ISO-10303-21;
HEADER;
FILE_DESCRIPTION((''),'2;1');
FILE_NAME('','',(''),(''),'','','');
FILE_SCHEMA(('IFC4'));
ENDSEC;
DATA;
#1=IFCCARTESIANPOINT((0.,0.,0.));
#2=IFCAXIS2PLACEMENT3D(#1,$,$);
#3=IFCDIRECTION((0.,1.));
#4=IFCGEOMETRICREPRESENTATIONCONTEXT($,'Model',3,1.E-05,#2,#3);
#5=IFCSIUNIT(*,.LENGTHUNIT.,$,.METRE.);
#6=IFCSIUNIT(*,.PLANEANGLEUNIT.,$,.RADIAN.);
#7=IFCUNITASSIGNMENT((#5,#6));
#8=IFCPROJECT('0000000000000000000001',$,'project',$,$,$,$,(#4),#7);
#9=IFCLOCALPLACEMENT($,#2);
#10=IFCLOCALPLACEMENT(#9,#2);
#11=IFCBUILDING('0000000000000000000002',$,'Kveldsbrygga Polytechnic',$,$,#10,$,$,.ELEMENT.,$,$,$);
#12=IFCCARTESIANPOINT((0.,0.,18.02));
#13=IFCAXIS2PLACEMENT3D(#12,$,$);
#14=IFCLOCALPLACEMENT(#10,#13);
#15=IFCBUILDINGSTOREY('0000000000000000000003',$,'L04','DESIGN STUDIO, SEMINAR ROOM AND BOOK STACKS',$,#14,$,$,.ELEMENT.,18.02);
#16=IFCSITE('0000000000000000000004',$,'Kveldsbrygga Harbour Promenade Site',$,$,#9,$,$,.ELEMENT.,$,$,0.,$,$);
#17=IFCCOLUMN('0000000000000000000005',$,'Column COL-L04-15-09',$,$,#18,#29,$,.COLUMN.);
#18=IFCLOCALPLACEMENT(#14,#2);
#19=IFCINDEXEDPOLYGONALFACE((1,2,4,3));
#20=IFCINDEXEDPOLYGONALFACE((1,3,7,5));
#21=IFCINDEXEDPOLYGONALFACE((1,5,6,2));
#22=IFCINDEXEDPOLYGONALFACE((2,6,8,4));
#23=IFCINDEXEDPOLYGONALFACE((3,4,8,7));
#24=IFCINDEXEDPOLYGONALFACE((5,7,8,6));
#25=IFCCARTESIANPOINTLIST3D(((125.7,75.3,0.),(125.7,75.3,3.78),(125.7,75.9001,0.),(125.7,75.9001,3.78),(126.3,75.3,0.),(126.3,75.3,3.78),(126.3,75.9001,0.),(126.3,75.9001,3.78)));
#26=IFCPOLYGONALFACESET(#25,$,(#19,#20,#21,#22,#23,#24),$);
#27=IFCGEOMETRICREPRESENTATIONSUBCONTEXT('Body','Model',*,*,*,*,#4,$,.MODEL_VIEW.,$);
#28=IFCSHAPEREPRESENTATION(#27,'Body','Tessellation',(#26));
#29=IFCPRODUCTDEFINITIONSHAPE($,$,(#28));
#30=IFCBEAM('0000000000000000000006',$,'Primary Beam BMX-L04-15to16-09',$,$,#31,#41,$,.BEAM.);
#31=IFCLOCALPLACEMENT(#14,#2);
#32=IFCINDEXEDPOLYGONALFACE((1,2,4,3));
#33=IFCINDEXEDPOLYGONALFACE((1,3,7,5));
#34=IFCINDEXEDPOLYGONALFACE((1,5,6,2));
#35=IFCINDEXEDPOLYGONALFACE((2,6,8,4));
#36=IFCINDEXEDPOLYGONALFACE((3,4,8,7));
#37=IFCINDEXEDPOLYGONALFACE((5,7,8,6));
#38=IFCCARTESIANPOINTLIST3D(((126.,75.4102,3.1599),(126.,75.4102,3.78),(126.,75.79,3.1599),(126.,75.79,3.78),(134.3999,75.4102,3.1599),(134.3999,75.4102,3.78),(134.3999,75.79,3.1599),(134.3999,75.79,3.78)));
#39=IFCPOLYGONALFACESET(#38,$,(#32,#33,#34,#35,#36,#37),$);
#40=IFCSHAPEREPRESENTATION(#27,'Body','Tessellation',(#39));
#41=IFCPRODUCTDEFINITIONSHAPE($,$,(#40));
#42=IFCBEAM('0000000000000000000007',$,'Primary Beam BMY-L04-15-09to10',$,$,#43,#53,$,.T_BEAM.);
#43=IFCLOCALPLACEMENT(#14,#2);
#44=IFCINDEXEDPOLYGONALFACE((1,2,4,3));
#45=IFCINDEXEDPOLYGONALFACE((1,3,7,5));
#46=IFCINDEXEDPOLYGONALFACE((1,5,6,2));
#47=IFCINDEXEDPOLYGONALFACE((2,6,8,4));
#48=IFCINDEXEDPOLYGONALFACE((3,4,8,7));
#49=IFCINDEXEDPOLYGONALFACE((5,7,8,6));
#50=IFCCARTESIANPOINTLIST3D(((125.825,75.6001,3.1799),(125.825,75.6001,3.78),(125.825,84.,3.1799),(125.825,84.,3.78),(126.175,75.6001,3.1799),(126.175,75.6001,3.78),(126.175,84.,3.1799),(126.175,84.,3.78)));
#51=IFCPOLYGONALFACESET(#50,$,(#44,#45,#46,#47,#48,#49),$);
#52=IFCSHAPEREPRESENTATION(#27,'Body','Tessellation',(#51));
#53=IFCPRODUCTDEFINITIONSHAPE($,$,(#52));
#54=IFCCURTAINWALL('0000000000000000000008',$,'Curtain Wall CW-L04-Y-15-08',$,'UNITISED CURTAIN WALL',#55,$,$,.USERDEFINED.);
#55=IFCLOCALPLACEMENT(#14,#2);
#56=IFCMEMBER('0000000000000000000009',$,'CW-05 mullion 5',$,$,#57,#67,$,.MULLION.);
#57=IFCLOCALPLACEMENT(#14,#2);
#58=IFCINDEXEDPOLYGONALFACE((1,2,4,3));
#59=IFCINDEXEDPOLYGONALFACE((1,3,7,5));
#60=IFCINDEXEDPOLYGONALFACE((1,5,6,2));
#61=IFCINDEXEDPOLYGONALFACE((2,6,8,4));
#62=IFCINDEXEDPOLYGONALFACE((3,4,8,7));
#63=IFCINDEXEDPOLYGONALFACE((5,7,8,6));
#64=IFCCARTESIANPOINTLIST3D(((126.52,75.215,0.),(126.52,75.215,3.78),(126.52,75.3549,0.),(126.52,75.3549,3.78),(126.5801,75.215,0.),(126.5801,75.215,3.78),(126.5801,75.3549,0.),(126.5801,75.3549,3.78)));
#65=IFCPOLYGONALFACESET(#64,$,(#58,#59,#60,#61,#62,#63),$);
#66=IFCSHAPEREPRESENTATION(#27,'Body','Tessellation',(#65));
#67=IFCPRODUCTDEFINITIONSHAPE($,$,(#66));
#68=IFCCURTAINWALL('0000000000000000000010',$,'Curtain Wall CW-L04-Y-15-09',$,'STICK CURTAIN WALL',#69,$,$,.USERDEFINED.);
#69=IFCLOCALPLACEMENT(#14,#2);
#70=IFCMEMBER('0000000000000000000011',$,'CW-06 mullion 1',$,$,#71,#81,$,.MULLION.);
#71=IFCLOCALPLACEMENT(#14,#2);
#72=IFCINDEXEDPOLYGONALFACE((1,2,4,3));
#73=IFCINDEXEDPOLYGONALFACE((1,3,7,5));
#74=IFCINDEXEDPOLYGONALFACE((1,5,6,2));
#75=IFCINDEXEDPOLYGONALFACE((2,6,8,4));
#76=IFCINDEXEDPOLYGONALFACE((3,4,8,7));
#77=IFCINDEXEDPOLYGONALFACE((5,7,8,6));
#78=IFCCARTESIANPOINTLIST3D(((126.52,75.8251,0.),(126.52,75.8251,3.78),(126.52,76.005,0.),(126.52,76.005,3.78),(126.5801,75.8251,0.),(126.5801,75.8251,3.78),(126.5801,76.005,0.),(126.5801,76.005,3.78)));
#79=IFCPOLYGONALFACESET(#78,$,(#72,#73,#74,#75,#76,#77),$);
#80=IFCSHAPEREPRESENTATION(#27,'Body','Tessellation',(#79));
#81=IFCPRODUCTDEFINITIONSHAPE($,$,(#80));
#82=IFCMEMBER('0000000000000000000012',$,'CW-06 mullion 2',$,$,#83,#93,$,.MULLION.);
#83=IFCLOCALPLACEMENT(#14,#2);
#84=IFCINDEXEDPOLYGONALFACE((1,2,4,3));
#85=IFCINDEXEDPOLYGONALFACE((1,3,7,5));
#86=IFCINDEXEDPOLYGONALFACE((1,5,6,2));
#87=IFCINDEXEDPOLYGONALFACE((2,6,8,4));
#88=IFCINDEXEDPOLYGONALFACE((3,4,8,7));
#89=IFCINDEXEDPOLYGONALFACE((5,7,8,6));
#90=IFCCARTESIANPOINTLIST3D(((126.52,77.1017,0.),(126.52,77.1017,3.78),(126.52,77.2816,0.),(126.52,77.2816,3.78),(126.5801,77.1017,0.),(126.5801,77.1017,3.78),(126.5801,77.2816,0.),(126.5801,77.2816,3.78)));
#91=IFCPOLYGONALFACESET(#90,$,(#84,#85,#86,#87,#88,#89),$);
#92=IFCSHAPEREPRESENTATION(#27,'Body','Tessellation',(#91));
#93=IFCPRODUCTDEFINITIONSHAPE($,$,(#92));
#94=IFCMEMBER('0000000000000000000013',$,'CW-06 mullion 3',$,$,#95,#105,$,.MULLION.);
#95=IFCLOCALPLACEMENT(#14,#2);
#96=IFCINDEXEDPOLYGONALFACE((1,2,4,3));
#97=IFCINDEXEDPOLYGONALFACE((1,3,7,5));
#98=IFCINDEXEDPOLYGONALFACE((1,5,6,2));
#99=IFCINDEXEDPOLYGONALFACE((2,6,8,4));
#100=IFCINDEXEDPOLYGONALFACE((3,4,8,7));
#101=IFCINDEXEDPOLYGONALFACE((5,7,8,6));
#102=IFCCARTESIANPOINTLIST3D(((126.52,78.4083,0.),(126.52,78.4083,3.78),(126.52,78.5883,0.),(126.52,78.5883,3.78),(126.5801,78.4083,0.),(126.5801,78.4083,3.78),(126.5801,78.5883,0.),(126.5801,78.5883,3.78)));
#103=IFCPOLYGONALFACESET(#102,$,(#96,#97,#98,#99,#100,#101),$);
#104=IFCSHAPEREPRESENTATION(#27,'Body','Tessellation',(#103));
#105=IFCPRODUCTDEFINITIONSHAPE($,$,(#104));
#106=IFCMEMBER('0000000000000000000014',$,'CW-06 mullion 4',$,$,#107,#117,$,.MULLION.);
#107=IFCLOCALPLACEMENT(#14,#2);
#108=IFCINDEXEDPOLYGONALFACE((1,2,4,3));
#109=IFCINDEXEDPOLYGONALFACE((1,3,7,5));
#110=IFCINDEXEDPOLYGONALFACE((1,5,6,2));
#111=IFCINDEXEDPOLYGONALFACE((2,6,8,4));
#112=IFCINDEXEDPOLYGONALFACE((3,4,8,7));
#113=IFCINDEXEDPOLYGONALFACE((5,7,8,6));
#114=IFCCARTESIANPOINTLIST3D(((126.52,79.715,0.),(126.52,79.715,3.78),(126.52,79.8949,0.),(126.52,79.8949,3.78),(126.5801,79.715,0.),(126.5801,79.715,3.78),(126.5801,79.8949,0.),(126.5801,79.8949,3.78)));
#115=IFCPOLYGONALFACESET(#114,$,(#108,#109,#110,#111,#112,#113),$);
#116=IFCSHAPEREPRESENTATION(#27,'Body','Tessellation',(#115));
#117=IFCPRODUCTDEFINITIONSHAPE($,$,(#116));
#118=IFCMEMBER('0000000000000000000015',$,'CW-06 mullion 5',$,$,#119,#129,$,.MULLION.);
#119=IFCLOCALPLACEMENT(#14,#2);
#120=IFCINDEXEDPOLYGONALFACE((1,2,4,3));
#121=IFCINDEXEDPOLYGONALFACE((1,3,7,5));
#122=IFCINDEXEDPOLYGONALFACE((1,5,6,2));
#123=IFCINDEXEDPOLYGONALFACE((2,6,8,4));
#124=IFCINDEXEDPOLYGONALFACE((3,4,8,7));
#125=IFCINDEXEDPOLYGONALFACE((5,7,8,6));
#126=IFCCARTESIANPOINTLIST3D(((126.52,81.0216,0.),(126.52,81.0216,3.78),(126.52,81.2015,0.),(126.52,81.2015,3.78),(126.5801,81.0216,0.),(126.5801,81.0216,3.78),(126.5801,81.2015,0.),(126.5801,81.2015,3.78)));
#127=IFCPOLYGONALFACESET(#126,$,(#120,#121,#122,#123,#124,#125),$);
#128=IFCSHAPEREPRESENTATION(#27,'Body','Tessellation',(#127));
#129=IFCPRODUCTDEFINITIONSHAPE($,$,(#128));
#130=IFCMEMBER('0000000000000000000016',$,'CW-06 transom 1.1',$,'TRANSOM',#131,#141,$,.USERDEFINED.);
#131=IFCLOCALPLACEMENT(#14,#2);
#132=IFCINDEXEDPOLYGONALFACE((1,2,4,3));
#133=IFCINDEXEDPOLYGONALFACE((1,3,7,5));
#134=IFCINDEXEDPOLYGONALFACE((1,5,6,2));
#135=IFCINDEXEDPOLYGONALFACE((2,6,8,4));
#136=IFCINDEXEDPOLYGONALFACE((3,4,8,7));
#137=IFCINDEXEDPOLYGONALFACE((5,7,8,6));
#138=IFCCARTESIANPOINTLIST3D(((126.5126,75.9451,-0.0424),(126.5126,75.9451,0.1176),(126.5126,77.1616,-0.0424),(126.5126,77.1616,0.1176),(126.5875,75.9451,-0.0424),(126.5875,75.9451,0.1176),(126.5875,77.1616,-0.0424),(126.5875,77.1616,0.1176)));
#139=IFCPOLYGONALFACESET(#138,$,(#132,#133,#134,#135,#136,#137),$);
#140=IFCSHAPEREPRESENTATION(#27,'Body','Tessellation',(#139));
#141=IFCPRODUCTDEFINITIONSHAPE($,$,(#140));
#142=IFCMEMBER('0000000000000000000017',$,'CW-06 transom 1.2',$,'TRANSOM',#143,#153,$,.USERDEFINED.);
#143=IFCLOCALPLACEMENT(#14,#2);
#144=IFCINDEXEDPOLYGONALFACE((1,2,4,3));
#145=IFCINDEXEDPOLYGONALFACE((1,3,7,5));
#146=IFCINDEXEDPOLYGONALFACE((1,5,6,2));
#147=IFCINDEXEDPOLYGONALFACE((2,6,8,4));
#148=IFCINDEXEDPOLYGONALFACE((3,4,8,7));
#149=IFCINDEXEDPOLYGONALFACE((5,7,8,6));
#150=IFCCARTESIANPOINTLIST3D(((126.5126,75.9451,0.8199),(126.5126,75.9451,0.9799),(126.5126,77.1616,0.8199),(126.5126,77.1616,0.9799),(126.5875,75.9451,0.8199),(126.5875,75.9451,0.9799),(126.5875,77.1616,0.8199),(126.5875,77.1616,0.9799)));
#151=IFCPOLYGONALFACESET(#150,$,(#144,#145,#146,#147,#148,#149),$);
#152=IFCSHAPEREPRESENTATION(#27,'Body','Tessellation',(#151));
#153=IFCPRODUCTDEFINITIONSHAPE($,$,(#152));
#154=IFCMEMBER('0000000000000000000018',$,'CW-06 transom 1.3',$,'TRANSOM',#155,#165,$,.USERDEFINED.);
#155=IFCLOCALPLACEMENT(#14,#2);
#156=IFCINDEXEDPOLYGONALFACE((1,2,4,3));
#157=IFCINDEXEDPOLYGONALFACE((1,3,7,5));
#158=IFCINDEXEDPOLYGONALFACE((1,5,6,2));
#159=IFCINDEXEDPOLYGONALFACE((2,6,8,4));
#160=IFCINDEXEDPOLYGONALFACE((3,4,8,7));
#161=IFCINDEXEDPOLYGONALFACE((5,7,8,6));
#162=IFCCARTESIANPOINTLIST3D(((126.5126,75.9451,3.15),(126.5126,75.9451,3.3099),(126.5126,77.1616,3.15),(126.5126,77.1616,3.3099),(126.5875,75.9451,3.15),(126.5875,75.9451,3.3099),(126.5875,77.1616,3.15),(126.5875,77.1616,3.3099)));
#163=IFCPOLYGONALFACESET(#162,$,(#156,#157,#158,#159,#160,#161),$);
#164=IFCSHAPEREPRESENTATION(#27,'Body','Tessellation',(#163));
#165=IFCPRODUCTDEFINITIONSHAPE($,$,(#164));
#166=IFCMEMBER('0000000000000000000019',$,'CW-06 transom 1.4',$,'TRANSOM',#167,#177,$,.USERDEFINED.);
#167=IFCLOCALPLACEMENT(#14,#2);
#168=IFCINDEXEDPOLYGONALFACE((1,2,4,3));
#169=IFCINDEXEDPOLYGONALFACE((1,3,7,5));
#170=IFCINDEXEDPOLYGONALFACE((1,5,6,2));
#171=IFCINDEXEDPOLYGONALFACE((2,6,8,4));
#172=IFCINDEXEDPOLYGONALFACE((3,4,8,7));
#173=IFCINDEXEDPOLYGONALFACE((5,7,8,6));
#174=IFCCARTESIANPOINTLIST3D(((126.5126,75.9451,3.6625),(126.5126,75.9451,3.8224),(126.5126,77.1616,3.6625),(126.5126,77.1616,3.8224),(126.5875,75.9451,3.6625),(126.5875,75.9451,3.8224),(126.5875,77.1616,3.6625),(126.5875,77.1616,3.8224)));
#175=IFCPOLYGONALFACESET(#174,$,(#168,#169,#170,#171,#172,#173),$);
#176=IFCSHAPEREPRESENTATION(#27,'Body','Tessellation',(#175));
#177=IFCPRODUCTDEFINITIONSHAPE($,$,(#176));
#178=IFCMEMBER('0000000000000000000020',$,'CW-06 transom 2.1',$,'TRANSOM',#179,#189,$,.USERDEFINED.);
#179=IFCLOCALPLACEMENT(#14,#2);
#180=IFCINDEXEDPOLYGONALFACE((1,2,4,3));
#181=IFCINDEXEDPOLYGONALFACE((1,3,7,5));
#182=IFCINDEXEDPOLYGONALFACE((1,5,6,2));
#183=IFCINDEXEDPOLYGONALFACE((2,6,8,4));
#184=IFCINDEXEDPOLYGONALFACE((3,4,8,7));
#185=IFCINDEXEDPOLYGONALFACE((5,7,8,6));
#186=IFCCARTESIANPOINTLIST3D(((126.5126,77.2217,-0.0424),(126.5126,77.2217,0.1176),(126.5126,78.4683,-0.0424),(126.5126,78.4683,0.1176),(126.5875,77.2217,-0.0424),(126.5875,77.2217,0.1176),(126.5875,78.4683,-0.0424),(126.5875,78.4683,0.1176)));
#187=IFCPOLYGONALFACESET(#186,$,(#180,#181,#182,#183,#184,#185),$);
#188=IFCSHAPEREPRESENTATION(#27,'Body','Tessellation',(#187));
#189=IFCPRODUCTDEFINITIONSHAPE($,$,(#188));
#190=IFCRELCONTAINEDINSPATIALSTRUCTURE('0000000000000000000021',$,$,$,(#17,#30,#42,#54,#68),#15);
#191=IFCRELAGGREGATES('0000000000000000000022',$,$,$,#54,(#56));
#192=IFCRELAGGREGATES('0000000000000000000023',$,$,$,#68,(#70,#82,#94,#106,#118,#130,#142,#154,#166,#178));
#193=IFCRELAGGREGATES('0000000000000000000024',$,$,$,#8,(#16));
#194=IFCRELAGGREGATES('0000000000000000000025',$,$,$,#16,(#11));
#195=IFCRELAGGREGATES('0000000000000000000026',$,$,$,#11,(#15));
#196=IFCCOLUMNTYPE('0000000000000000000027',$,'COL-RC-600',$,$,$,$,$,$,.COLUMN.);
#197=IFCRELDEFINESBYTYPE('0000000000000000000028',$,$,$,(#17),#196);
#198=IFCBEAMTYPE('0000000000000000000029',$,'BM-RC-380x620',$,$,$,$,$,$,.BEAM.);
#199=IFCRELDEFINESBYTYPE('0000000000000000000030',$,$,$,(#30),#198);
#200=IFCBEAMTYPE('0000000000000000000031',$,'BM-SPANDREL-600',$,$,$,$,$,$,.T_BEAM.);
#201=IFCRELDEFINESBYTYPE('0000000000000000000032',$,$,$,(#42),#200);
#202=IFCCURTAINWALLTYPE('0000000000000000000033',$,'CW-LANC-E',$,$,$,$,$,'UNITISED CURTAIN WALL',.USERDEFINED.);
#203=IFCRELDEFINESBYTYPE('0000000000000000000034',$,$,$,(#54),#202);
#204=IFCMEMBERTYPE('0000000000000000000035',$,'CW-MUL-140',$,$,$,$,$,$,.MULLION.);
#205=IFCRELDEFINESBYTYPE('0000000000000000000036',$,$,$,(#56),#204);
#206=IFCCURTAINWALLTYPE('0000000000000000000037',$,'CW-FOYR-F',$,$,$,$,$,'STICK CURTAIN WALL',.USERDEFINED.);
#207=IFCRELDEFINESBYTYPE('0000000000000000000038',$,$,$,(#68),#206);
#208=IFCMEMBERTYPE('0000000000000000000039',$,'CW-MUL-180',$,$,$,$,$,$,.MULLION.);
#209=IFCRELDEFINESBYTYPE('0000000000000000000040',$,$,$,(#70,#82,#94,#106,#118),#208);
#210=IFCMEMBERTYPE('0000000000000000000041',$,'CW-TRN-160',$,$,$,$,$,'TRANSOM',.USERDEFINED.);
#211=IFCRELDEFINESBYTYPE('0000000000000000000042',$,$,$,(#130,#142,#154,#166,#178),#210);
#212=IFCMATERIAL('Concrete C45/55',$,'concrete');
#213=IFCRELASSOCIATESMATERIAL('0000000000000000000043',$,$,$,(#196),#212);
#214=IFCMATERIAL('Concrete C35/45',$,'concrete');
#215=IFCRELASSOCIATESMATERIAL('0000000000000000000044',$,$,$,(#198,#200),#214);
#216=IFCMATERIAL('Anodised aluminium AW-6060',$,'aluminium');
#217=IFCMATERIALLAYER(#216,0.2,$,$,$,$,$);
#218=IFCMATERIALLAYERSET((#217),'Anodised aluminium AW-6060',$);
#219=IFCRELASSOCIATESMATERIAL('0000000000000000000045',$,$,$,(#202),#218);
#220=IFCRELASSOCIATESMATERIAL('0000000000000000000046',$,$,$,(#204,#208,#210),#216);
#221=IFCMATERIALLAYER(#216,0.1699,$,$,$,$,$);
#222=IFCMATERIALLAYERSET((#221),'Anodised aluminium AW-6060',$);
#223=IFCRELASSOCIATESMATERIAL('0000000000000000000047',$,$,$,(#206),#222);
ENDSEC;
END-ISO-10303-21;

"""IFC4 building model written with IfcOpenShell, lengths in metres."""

from ifc_helpers import new_model, si_unit, direction, frame, origin, origin_2d, place, context, subcontext, project, spatial, rectangle, extrude, material, layer, layer_set, material_profile, profile_set, type_object, element, aggregate, save


model = new_model("IFC4")

# Units and contexts
model_context = context("Model", 3, precision=1e-05, world=origin(), true_north=direction((0.0, 1.0)))
body_context = subcontext(model_context, "Body", "Model", "MODEL_VIEW")
ifc_project = project(units=[si_unit("LENGTHUNIT", "METRE"), si_unit("PLANEANGLEUNIT", "RADIAN")], contexts=[model_context])

# Site, building, storey
site_placement = place(None, origin())
site = spatial("IfcSite", under=ifc_project, at=site_placement, Name="Kveldsbrygga Harbour Promenade Site", CompositionType="ELEMENT", RefElevation=0.0)
building_placement = place(site_placement, origin())
building = spatial("IfcBuilding", under=site, at=building_placement, Name="Kveldsbrygga Polytechnic", CompositionType="ELEMENT")
storey_placement = place(building_placement, frame((0.0, 0.0, 18.02)))
storey = spatial("IfcBuildingStorey", under=building, at=storey_placement, Name="L04", Description="DESIGN STUDIO, SEMINAR ROOM AND BOOK STACKS", CompositionType="ELEMENT", Elevation=18.02)

# Column
ifc_material_1 = material(Name="Concrete C45/55", Category="concrete")
ifc_material_profile_1 = material_profile(ifc_material_1, rectangle(XDim=0.6001, YDim=0.6001, at=origin_2d()), Name="RC 600x600")
ifc_profile_set_1 = profile_set([ifc_material_profile_1], Name="Concrete C45/55")
column_type = type_object("IfcColumnType", Name="COL-RC-600", PredefinedType="COLUMN", material=ifc_profile_set_1)
column_placement = place(storey_placement, frame((126.0, 75.6001, 0.0), z_axis=(0.0, 0.0, 1.0), x_axis=(1.0, 0.0, 0.0)))
element("IfcColumn", 1, at=column_placement, inside=storey, type_object=column_type, Name="Column COL-L04-15-09", PredefinedType="COLUMN", context=body_context, shape_type="SweptSolid", body=[
    extrude(rectangle(XDim=0.6001, YDim=0.6001, at=origin_2d()), origin(), (0.0, 0.0, 1.0), 3.78),
])

# Beams
ifc_material_2 = material(Name="Concrete C35/45", Category="concrete")
ifc_material_profile_2 = material_profile(ifc_material_2, rectangle(XDim=0.3799, YDim=0.6201, at=origin_2d()), Name="RC 380x620")
ifc_profile_set_2 = profile_set([ifc_material_profile_2], Name="Concrete C35/45")
beam_type_1 = type_object("IfcBeamType", Name="BM-RC-380x620", PredefinedType="BEAM", material=ifc_profile_set_2)
beam_1_placement = place(storey_placement, frame((126.0, 75.6001, 3.47), z_axis=(1.0, 0.0, 0.0), x_axis=(0.0, 1.0, 0.0)))
element("IfcBeam", 2, at=beam_1_placement, inside=storey, type_object=beam_type_1, Name="Primary Beam BMX-L04-15to16-09", PredefinedType="BEAM", context=body_context, shape_type="SweptSolid", body=[
    extrude(rectangle(XDim=0.3799, YDim=0.6201, at=origin_2d()), origin(), (0.0, 0.0, 1.0), 8.3999),
])
ifc_material_profile_3 = material_profile(ifc_material_2, rectangle(XDim=0.3501, YDim=0.6001, at=origin_2d()), Name="RC 350x600")
ifc_profile_set_3 = profile_set([ifc_material_profile_3], Name="Concrete C35/45")
beam_type_2 = type_object("IfcBeamType", Name="BM-SPANDREL-600", PredefinedType="T_BEAM", material=ifc_profile_set_3)
beam_2_placement = place(storey_placement, frame((126.0, 75.6001, 3.48), z_axis=(0.0, 1.0, 0.0), x_axis=(-1.0, 0.0, 0.0)))
element("IfcBeam", 3, at=beam_2_placement, inside=storey, type_object=beam_type_2, Name="Primary Beam BMY-L04-15-09to10", PredefinedType="T_BEAM", context=body_context, shape_type="SweptSolid", body=[
    extrude(rectangle(XDim=0.3501, YDim=0.6001, at=origin_2d()), origin(), (0.0, 0.0, 1.0), 8.3999),
])

# Curtain wall, member
ifc_material_3 = material(Name="Anodised aluminium AW-6060", Category="aluminium")
ifc_layer_1 = layer(ifc_material_3, 0.2)
ifc_layer_set_1 = layer_set([ifc_layer_1], Name="Anodised aluminium AW-6060")
curtain_wall_type_1 = type_object("IfcCurtainWallType", Name="CW-LANC-E", ElementType="UNITISED CURTAIN WALL", PredefinedType="USERDEFINED", material=ifc_layer_set_1)
curtain_wall_1_placement = place(storey_placement, origin())
curtain_wall_1 = element("IfcCurtainWall", 4, at=curtain_wall_1_placement, inside=storey, type_object=curtain_wall_type_1, Name="Curtain Wall CW-L04-Y-15-08", ObjectType="UNITISED CURTAIN WALL", PredefinedType="USERDEFINED")
ifc_material_profile_4 = material_profile(ifc_material_3, rectangle(XDim=0.0601, YDim=0.1399, at=origin_2d()), Name="ALU 60x140")
ifc_profile_set_4 = profile_set([ifc_material_profile_4], Name="Anodised aluminium AW-6060")
member_type_1 = type_object("IfcMemberType", Name="CW-MUL-140", PredefinedType="MULLION", material=ifc_profile_set_4)
member_1_placement = place(storey_placement, frame((126.55, 75.2849, 0.0), z_axis=(0.0, 0.0, 1.0), x_axis=(-1.0, 0.0, 0.0)))
member_1 = element("IfcMember", 5, at=member_1_placement, type_object=member_type_1, Name="CW-05 mullion 5", PredefinedType="MULLION", context=body_context, shape_type="SweptSolid", body=[
    extrude(rectangle(XDim=0.0601, YDim=0.1399, at=origin_2d()), origin(), (0.0, 0.0, 1.0), 3.78),
])
aggregate(curtain_wall_1, [member_1])

# Curtain wall, members
ifc_layer_2 = layer(ifc_material_3, 0.1699)
ifc_layer_set_2 = layer_set([ifc_layer_2], Name="Anodised aluminium AW-6060")
curtain_wall_type_2 = type_object("IfcCurtainWallType", Name="CW-FOYR-F", ElementType="STICK CURTAIN WALL", PredefinedType="USERDEFINED", material=ifc_layer_set_2)
curtain_wall_2_placement = place(storey_placement, origin())
curtain_wall_2 = element("IfcCurtainWall", 6, at=curtain_wall_2_placement, inside=storey, type_object=curtain_wall_type_2, Name="Curtain Wall CW-L04-Y-15-09", ObjectType="STICK CURTAIN WALL", PredefinedType="USERDEFINED")
ifc_material_profile_5 = material_profile(ifc_material_3, rectangle(XDim=0.0601, YDim=0.1799, at=origin_2d()), Name="ALU 60x180")
ifc_profile_set_5 = profile_set([ifc_material_profile_5], Name="Anodised aluminium AW-6060")
member_type_2 = type_object("IfcMemberType", Name="CW-MUL-180", PredefinedType="MULLION", material=ifc_profile_set_5)
member_2_placement = place(storey_placement, frame((126.55, 75.915, 0.0), z_axis=(0.0, 0.0, 1.0), x_axis=(-1.0, 0.0, 0.0)))
member_2 = element("IfcMember", 7, at=member_2_placement, type_object=member_type_2, Name="CW-06 mullion 1", PredefinedType="MULLION", context=body_context, shape_type="SweptSolid", body=[
    extrude(rectangle(XDim=0.0601, YDim=0.1799, at=origin_2d()), origin(), (0.0, 0.0, 1.0), 3.78),
])
member_3_placement = place(storey_placement, frame((126.55, 77.1917, 0.0), z_axis=(0.0, 0.0, 1.0), x_axis=(-1.0, 0.0, 0.0)))
member_3 = element("IfcMember", 8, at=member_3_placement, type_object=member_type_2, Name="CW-06 mullion 2", PredefinedType="MULLION", context=body_context, shape_type="SweptSolid", body=[
    extrude(rectangle(XDim=0.0601, YDim=0.1799, at=origin_2d()), origin(), (0.0, 0.0, 1.0), 3.78),
])
member_4_placement = place(storey_placement, frame((126.55, 78.4983, 0.0), z_axis=(0.0, 0.0, 1.0), x_axis=(-1.0, 0.0, 0.0)))
member_4 = element("IfcMember", 9, at=member_4_placement, type_object=member_type_2, Name="CW-06 mullion 3", PredefinedType="MULLION", context=body_context, shape_type="SweptSolid", body=[
    extrude(rectangle(XDim=0.0601, YDim=0.1799, at=origin_2d()), origin(), (0.0, 0.0, 1.0), 3.78),
])
member_5_placement = place(storey_placement, frame((126.55, 79.8049, 0.0), z_axis=(0.0, 0.0, 1.0), x_axis=(-1.0, 0.0, 0.0)))
member_5 = element("IfcMember", 10, at=member_5_placement, type_object=member_type_2, Name="CW-06 mullion 4", PredefinedType="MULLION", context=body_context, shape_type="SweptSolid", body=[
    extrude(rectangle(XDim=0.0601, YDim=0.1799, at=origin_2d()), origin(), (0.0, 0.0, 1.0), 3.78),
])
member_6_placement = place(storey_placement, frame((126.55, 81.1116, 0.0), z_axis=(0.0, 0.0, 1.0), x_axis=(-1.0, 0.0, 0.0)))
member_6 = element("IfcMember", 11, at=member_6_placement, type_object=member_type_2, Name="CW-06 mullion 5", PredefinedType="MULLION", context=body_context, shape_type="SweptSolid", body=[
    extrude(rectangle(XDim=0.0601, YDim=0.1799, at=origin_2d()), origin(), (0.0, 0.0, 1.0), 3.78),
])
ifc_material_profile_6 = material_profile(ifc_material_3, rectangle(XDim=0.075, YDim=0.1599, at=origin_2d()), Name="ALU 75x160")
ifc_profile_set_6 = profile_set([ifc_material_profile_6], Name="Anodised aluminium AW-6060")
member_type_3 = type_object("IfcMemberType", Name="CW-TRN-160", ElementType="TRANSOM", PredefinedType="USERDEFINED", material=ifc_profile_set_6)
member_7_placement = place(storey_placement, frame((126.55, 75.9451, 0.0376), z_axis=(0.0, 1.0, 0.0), x_axis=(-1.0, 0.0, 0.0)))
member_7 = element("IfcMember", 12, at=member_7_placement, type_object=member_type_3, Name="CW-06 transom 1.1", ObjectType="TRANSOM", PredefinedType="USERDEFINED", context=body_context, shape_type="SweptSolid", body=[
    extrude(rectangle(XDim=0.075, YDim=0.1599, at=origin_2d()), origin(), (0.0, 0.0, 1.0), 1.2166),
])
member_8_placement = place(storey_placement, frame((126.55, 75.9451, 0.8999), z_axis=(0.0, 1.0, 0.0), x_axis=(-1.0, 0.0, 0.0)))
member_8 = element("IfcMember", 13, at=member_8_placement, type_object=member_type_3, Name="CW-06 transom 1.2", ObjectType="TRANSOM", PredefinedType="USERDEFINED", context=body_context, shape_type="SweptSolid", body=[
    extrude(rectangle(XDim=0.075, YDim=0.1599, at=origin_2d()), origin(), (0.0, 0.0, 1.0), 1.2166),
])
member_9_placement = place(storey_placement, frame((126.55, 75.9451, 3.23), z_axis=(0.0, 1.0, 0.0), x_axis=(-1.0, 0.0, 0.0)))
member_9 = element("IfcMember", 14, at=member_9_placement, type_object=member_type_3, Name="CW-06 transom 1.3", ObjectType="TRANSOM", PredefinedType="USERDEFINED", context=body_context, shape_type="SweptSolid", body=[
    extrude(rectangle(XDim=0.075, YDim=0.1599, at=origin_2d()), origin(), (0.0, 0.0, 1.0), 1.2166),
])
member_10_placement = place(storey_placement, frame((126.55, 75.9451, 3.7424), z_axis=(0.0, 1.0, 0.0), x_axis=(-1.0, 0.0, 0.0)))
member_10 = element("IfcMember", 15, at=member_10_placement, type_object=member_type_3, Name="CW-06 transom 1.4", ObjectType="TRANSOM", PredefinedType="USERDEFINED", context=body_context, shape_type="SweptSolid", body=[
    extrude(rectangle(XDim=0.075, YDim=0.1599, at=origin_2d()), origin(), (0.0, 0.0, 1.0), 1.2166),
])
member_11_placement = place(storey_placement, frame((126.55, 77.2217, 0.0376), z_axis=(0.0, 1.0, 0.0), x_axis=(-1.0, 0.0, 0.0)))
member_11 = element("IfcMember", 16, at=member_11_placement, type_object=member_type_3, Name="CW-06 transom 2.1", ObjectType="TRANSOM", PredefinedType="USERDEFINED", context=body_context, shape_type="SweptSolid", body=[
    extrude(rectangle(XDim=0.075, YDim=0.1599, at=origin_2d()), origin(), (0.0, 0.0, 1.0), 1.2466),
])

aggregate(curtain_wall_2, [member_2, member_3, member_4, member_5, member_6, member_7, member_8, member_9, member_10, member_11])

save(model, "model.ifc")
